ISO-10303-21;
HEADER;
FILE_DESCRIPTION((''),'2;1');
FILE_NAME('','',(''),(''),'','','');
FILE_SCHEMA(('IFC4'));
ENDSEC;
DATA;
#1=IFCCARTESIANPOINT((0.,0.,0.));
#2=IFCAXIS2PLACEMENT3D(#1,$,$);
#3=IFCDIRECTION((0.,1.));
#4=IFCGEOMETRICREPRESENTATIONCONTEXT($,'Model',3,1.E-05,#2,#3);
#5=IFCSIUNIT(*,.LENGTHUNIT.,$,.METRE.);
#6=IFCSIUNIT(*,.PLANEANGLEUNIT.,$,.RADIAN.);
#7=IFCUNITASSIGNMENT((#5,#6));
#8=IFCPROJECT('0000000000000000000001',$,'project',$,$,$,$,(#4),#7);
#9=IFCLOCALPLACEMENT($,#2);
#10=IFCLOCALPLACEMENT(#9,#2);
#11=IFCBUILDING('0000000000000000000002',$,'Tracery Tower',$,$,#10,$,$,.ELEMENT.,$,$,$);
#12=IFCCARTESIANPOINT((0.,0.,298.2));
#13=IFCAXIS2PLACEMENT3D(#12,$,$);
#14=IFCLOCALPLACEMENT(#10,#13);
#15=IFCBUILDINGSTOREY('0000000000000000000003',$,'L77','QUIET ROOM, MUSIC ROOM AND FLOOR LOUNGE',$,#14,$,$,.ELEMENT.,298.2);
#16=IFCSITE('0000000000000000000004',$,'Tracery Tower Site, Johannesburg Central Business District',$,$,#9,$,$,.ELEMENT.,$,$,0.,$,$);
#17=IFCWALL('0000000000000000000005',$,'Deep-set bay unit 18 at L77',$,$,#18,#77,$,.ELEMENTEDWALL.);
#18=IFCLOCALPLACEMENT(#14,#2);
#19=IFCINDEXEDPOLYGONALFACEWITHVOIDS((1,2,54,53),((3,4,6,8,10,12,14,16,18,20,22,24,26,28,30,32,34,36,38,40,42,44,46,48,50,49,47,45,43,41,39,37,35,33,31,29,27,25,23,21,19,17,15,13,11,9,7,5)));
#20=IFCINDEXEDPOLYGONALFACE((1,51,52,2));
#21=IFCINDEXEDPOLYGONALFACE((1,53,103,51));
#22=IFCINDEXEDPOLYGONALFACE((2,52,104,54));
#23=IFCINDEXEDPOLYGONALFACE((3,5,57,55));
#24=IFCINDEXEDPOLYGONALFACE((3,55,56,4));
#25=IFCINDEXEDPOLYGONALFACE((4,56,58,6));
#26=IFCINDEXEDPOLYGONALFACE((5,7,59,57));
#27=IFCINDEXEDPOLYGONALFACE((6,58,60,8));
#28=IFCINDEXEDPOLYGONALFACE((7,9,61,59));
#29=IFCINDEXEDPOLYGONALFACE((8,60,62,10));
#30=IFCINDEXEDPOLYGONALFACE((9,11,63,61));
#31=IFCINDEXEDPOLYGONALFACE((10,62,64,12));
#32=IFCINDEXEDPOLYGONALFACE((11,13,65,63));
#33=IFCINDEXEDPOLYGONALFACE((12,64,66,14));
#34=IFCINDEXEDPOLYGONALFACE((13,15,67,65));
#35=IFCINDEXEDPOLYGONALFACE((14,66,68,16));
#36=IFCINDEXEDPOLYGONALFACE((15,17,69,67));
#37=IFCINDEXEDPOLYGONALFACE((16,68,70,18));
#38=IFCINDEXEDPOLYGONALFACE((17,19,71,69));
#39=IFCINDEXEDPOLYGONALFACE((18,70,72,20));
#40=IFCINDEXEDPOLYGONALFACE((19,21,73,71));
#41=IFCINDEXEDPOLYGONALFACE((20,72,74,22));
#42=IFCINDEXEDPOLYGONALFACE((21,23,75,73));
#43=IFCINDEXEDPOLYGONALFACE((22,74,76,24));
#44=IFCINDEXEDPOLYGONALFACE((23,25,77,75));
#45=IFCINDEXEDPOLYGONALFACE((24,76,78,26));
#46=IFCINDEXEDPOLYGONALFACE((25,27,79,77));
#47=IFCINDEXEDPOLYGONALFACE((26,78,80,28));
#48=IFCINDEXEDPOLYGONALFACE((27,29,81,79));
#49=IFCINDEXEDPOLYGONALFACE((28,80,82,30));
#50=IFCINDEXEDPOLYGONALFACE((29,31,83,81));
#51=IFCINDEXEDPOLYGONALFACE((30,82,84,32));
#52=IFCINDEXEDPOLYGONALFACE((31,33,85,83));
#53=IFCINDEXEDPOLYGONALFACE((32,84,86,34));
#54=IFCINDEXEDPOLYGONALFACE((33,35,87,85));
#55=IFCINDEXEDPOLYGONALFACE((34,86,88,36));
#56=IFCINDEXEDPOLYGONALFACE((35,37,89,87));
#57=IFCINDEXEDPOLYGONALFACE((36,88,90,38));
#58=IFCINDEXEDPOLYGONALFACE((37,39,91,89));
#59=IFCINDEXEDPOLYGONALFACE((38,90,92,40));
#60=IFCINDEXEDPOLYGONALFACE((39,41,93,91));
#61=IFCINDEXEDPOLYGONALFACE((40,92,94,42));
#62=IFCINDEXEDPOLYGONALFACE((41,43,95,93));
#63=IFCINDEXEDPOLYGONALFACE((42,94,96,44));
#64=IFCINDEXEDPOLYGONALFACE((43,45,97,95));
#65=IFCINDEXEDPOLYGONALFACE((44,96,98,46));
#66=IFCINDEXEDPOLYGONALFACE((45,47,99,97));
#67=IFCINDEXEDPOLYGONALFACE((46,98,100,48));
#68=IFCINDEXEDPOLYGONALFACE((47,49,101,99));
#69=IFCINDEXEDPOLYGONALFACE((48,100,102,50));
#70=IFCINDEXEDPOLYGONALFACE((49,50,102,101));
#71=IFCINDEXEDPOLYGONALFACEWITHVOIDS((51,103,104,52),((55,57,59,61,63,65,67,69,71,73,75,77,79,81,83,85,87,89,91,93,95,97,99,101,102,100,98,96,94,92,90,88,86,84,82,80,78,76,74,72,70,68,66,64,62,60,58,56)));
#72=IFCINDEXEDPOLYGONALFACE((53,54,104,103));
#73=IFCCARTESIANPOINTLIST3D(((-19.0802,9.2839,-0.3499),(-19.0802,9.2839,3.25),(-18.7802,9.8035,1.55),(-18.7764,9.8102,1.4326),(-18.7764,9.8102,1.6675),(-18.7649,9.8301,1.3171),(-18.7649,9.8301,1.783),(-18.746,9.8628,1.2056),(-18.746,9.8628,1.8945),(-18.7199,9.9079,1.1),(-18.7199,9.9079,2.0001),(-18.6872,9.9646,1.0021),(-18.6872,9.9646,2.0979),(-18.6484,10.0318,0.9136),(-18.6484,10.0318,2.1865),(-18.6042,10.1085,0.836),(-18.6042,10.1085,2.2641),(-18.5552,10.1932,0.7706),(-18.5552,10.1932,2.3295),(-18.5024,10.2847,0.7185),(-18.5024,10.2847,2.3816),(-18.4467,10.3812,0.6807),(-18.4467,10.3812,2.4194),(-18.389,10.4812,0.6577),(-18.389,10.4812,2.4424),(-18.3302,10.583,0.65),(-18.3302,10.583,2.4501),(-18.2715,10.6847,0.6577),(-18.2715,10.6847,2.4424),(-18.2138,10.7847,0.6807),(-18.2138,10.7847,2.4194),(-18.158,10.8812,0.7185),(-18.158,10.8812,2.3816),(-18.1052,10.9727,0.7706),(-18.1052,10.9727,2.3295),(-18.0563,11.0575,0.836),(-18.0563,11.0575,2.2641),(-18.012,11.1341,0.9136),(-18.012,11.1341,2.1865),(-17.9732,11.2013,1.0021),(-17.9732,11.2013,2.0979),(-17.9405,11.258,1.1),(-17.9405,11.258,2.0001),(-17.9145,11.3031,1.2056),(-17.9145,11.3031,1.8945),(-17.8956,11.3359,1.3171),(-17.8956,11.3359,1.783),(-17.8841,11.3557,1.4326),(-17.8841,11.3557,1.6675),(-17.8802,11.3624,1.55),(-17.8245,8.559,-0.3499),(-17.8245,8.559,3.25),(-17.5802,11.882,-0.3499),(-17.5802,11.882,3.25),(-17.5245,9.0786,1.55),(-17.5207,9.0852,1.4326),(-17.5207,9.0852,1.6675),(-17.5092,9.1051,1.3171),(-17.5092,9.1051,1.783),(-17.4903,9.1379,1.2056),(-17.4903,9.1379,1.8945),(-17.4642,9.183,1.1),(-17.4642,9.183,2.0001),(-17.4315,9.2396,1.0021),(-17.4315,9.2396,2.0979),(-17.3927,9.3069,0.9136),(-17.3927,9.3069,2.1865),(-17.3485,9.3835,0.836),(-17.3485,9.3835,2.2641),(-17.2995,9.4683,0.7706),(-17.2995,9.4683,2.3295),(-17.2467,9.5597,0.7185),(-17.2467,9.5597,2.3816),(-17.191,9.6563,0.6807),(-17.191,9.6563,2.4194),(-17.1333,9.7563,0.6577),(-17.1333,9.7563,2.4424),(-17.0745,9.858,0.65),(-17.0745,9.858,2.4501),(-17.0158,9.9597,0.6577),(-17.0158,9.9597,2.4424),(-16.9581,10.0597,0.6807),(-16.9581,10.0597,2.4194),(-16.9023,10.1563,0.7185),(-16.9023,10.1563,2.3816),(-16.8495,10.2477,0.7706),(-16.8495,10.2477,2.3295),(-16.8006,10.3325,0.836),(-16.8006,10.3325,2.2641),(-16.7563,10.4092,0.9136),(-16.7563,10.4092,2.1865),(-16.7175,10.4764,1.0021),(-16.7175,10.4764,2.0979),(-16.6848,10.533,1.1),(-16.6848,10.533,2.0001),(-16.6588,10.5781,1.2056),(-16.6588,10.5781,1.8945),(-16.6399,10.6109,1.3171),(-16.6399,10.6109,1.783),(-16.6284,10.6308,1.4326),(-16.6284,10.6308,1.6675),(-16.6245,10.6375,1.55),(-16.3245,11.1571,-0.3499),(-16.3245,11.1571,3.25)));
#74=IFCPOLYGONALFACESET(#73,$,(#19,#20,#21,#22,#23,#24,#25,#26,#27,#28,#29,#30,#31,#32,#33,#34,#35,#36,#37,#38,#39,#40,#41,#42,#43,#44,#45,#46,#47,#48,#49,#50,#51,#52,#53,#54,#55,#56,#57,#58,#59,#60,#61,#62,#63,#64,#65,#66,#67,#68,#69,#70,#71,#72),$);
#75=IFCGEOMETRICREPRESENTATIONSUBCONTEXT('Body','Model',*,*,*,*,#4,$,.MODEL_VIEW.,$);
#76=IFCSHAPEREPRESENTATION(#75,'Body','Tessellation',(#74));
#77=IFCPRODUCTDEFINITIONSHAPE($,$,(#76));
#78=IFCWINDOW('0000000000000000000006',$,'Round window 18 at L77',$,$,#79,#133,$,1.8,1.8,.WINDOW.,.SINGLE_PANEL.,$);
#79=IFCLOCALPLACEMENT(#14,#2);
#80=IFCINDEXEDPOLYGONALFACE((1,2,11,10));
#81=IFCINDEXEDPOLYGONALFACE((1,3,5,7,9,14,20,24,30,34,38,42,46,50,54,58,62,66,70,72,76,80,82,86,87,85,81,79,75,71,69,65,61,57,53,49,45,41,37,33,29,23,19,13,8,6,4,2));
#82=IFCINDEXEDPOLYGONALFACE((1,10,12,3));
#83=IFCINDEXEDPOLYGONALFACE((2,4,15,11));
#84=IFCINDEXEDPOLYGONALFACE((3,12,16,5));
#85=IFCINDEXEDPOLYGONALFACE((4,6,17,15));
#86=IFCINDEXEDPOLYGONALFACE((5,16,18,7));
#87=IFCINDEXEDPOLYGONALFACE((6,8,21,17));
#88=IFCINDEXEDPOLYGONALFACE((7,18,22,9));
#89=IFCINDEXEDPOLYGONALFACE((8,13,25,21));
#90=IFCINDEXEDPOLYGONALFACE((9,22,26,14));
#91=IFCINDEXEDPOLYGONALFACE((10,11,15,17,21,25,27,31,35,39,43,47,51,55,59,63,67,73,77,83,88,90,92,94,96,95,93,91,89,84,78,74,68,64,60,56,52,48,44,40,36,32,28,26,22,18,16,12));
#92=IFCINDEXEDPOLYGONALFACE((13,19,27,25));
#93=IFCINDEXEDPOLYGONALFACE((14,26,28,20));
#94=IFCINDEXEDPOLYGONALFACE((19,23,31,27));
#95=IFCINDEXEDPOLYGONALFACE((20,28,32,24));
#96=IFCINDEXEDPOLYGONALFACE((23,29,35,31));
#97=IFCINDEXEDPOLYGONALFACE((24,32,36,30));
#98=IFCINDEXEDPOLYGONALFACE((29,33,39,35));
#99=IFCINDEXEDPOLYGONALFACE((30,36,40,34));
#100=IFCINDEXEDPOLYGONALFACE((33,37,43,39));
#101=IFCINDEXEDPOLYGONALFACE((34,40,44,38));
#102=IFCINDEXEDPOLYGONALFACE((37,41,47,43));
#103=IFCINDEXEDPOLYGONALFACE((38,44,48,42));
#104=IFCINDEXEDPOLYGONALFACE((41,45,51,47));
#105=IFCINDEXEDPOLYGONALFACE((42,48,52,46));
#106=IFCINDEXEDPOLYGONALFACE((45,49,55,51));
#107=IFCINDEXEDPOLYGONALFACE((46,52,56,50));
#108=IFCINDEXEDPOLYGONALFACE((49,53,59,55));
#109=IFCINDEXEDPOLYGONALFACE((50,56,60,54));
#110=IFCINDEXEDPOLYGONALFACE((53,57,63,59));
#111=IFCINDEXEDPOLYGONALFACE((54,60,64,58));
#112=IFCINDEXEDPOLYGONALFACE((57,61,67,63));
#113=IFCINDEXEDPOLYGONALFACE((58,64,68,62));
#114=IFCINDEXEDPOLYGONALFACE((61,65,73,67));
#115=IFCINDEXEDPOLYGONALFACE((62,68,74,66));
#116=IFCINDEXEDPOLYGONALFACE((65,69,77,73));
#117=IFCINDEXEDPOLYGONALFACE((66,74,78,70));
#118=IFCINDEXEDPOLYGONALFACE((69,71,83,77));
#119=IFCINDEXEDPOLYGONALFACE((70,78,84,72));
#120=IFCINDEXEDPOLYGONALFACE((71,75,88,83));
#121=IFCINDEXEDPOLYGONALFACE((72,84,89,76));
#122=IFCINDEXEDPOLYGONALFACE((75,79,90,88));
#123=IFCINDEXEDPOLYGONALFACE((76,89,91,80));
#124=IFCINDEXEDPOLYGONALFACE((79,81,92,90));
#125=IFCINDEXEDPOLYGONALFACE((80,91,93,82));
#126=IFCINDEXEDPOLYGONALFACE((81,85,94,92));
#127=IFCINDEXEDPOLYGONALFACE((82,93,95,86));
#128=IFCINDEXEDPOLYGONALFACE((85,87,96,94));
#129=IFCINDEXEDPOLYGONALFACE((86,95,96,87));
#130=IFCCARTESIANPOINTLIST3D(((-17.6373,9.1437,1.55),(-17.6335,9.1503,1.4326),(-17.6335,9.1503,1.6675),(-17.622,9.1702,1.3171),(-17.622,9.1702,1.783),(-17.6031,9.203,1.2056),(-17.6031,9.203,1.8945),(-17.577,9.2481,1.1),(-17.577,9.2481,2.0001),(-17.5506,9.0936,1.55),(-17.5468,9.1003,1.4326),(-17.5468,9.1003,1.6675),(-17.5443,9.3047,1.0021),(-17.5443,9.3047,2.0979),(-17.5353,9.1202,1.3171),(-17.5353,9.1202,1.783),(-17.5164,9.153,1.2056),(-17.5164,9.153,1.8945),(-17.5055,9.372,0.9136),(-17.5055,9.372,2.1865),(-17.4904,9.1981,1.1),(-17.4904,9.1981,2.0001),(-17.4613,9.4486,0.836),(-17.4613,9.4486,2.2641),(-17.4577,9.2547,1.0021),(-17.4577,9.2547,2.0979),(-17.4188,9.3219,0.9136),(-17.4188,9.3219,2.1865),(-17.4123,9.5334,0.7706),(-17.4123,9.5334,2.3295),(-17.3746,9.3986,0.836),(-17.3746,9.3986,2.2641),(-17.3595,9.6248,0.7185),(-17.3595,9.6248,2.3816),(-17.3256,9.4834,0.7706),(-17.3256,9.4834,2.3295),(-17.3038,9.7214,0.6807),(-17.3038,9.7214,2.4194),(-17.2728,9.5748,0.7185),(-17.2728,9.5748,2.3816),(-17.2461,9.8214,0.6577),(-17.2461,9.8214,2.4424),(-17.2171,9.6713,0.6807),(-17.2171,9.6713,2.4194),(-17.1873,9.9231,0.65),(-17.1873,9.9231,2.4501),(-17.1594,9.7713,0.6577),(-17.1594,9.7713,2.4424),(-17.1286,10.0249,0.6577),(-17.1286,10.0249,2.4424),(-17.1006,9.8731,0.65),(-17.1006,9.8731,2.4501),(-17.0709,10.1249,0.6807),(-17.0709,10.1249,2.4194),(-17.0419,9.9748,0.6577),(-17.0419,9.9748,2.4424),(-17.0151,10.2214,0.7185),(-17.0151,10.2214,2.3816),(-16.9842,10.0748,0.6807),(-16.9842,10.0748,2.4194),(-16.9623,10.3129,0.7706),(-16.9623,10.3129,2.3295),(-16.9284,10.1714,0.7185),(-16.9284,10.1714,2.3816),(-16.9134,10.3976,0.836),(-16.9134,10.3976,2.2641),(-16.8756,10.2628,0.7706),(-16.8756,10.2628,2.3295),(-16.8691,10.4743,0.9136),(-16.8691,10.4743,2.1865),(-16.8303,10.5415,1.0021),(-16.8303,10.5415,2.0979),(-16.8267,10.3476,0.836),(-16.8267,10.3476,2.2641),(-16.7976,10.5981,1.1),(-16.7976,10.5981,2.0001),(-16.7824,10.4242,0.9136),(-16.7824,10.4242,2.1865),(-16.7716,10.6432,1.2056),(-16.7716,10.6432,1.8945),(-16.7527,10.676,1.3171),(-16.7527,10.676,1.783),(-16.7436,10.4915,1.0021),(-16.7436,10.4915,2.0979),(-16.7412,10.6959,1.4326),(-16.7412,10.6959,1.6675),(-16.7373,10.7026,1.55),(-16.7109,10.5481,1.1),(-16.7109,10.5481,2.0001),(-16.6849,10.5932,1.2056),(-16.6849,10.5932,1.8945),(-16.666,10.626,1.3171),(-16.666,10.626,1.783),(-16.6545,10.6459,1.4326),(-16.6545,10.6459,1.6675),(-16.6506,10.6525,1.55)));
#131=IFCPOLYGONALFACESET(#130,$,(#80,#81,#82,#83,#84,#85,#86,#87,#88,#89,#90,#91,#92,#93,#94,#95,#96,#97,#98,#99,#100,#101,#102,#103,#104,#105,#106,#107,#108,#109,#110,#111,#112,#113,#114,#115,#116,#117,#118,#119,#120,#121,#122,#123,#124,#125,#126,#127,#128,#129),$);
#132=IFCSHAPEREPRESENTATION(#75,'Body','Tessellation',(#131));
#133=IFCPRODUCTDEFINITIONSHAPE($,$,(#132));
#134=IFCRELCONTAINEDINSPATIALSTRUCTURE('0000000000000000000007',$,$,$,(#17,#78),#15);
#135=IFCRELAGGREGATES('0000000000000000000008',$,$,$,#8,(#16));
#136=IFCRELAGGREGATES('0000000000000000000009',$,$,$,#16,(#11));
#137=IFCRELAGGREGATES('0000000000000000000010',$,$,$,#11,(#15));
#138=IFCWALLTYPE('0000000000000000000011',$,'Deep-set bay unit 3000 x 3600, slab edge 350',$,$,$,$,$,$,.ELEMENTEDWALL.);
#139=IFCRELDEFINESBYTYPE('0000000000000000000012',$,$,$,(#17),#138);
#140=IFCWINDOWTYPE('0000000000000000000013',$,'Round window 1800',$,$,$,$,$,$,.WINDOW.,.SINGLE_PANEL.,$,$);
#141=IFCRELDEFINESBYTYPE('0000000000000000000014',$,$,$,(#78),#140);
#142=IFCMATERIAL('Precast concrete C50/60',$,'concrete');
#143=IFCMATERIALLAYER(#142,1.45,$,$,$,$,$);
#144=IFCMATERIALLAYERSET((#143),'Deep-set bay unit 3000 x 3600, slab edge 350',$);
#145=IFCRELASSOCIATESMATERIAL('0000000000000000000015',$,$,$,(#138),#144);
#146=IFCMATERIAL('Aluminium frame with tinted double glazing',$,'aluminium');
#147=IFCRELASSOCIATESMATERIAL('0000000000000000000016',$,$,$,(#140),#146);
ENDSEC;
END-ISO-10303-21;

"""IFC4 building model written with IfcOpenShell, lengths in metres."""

from ifc_helpers import new_model, si_unit, direction, frame, frame_2d, origin, origin_2d, place, context, subcontext, project, spatial, rectangle, circle, extrude, material, layer, layer_set, type_object, element, fill, save


model = new_model("IFC4")

# Units and contexts
model_context = context("Model", 3, precision=1e-05, world=origin(), true_north=direction((0.0, 1.0)))
body_context = subcontext(model_context, "Body", "Model", "MODEL_VIEW")
ifc_project = project(units=[si_unit("LENGTHUNIT", "METRE"), si_unit("PLANEANGLEUNIT", "RADIAN")], contexts=[model_context])

# Site, building, storey
site_placement = place(None, origin())
site = spatial("IfcSite", under=ifc_project, at=site_placement, Name="Tracery Tower Site, Johannesburg Central Business District", CompositionType="ELEMENT", RefElevation=0.0)
building_placement = place(site_placement, origin())
building = spatial("IfcBuilding", under=site, at=building_placement, Name="Tracery Tower", CompositionType="ELEMENT")
storey_placement = place(building_placement, frame((0.0, 0.0, 298.2)))
storey = spatial("IfcBuildingStorey", under=building, at=storey_placement, Name="L77", Description="QUIET ROOM, MUSIC ROOM AND FLOOR LOUNGE", CompositionType="ELEMENT", Elevation=298.2)

# Wall, opening, window
ifc_material_1 = material(Name="Precast concrete C50/60", Category="concrete")
ifc_layer_1 = layer(ifc_material_1, 1.45)
ifc_layer_set_1 = layer_set([ifc_layer_1], Name="Deep-set bay unit 3000 x 3600, slab edge 350")
wall_type_1 = type_object("IfcWallType", Name="Deep-set bay unit 3000 x 3600, slab edge 350", PredefinedType="ELEMENTEDWALL", material=ifc_layer_set_1)
ifc_material_2 = material(Name="Aluminium frame with tinted double glazing", Category="aluminium")
window_type = type_object("IfcWindowType", Name="Round window 1800", PartitioningType="SINGLE_PANEL", PredefinedType="WINDOW", material=ifc_material_2)
wall_1_placement = place(storey_placement, frame((-16.9524, 11.5195, -0.3499), z_axis=(0.0, 0.0, 1.0), x_axis=(-0.49999, -0.866031, 0.0)))
wall_1 = element("IfcWall", 1, at=wall_1_placement, inside=storey, type_object=wall_type_1, Name="Deep-set bay unit 18 at L77", PredefinedType="ELEMENTEDWALL", context=body_context, shape_type="SweptSolid", body=[
    extrude(rectangle(XDim=3.0, YDim=1.45, at=frame_2d((1.5, 0.0))), origin(), (0.0, 0.0, 1.0), 3.5999),
])
opening_1_placement = place(wall_1_placement, frame((1.5, 0.0, 1.8999)))
opening_1 = element("IfcOpeningElement", 2, at=opening_1_placement, cuts=wall_1, PredefinedType="OPENING", context=body_context, shape_type="SweptSolid", body=[
    extrude(circle(Radius=0.9, at=origin_2d()), frame((0.0, 0.7349, 0.0), z_axis=(0.0, -1.0, 0.0), x_axis=(1.0, 0.0, 0.0)), (0.0, 0.0, 1.0), 1.47),
])
window_1_placement = place(opening_1_placement, origin())
window_1 = element("IfcWindow", 3, at=window_1_placement, inside=storey, type_object=window_type, Name="Round window 18 at L77", OverallHeight=1.8, OverallWidth=1.8, PartitioningType="SINGLE_PANEL", PredefinedType="WINDOW", context=body_context, shape_type="SweptSolid", body=[
    extrude(circle(Radius=0.9, at=origin_2d()), frame((0.0, 0.6948, 0.0), z_axis=(0.0, -1.0, 0.0), x_axis=(1.0, 0.0, 0.0)), (0.0, 0.0, 1.0), 0.1001),
])
fill(opening_1, window_1)

save(model, "model.ifc")
